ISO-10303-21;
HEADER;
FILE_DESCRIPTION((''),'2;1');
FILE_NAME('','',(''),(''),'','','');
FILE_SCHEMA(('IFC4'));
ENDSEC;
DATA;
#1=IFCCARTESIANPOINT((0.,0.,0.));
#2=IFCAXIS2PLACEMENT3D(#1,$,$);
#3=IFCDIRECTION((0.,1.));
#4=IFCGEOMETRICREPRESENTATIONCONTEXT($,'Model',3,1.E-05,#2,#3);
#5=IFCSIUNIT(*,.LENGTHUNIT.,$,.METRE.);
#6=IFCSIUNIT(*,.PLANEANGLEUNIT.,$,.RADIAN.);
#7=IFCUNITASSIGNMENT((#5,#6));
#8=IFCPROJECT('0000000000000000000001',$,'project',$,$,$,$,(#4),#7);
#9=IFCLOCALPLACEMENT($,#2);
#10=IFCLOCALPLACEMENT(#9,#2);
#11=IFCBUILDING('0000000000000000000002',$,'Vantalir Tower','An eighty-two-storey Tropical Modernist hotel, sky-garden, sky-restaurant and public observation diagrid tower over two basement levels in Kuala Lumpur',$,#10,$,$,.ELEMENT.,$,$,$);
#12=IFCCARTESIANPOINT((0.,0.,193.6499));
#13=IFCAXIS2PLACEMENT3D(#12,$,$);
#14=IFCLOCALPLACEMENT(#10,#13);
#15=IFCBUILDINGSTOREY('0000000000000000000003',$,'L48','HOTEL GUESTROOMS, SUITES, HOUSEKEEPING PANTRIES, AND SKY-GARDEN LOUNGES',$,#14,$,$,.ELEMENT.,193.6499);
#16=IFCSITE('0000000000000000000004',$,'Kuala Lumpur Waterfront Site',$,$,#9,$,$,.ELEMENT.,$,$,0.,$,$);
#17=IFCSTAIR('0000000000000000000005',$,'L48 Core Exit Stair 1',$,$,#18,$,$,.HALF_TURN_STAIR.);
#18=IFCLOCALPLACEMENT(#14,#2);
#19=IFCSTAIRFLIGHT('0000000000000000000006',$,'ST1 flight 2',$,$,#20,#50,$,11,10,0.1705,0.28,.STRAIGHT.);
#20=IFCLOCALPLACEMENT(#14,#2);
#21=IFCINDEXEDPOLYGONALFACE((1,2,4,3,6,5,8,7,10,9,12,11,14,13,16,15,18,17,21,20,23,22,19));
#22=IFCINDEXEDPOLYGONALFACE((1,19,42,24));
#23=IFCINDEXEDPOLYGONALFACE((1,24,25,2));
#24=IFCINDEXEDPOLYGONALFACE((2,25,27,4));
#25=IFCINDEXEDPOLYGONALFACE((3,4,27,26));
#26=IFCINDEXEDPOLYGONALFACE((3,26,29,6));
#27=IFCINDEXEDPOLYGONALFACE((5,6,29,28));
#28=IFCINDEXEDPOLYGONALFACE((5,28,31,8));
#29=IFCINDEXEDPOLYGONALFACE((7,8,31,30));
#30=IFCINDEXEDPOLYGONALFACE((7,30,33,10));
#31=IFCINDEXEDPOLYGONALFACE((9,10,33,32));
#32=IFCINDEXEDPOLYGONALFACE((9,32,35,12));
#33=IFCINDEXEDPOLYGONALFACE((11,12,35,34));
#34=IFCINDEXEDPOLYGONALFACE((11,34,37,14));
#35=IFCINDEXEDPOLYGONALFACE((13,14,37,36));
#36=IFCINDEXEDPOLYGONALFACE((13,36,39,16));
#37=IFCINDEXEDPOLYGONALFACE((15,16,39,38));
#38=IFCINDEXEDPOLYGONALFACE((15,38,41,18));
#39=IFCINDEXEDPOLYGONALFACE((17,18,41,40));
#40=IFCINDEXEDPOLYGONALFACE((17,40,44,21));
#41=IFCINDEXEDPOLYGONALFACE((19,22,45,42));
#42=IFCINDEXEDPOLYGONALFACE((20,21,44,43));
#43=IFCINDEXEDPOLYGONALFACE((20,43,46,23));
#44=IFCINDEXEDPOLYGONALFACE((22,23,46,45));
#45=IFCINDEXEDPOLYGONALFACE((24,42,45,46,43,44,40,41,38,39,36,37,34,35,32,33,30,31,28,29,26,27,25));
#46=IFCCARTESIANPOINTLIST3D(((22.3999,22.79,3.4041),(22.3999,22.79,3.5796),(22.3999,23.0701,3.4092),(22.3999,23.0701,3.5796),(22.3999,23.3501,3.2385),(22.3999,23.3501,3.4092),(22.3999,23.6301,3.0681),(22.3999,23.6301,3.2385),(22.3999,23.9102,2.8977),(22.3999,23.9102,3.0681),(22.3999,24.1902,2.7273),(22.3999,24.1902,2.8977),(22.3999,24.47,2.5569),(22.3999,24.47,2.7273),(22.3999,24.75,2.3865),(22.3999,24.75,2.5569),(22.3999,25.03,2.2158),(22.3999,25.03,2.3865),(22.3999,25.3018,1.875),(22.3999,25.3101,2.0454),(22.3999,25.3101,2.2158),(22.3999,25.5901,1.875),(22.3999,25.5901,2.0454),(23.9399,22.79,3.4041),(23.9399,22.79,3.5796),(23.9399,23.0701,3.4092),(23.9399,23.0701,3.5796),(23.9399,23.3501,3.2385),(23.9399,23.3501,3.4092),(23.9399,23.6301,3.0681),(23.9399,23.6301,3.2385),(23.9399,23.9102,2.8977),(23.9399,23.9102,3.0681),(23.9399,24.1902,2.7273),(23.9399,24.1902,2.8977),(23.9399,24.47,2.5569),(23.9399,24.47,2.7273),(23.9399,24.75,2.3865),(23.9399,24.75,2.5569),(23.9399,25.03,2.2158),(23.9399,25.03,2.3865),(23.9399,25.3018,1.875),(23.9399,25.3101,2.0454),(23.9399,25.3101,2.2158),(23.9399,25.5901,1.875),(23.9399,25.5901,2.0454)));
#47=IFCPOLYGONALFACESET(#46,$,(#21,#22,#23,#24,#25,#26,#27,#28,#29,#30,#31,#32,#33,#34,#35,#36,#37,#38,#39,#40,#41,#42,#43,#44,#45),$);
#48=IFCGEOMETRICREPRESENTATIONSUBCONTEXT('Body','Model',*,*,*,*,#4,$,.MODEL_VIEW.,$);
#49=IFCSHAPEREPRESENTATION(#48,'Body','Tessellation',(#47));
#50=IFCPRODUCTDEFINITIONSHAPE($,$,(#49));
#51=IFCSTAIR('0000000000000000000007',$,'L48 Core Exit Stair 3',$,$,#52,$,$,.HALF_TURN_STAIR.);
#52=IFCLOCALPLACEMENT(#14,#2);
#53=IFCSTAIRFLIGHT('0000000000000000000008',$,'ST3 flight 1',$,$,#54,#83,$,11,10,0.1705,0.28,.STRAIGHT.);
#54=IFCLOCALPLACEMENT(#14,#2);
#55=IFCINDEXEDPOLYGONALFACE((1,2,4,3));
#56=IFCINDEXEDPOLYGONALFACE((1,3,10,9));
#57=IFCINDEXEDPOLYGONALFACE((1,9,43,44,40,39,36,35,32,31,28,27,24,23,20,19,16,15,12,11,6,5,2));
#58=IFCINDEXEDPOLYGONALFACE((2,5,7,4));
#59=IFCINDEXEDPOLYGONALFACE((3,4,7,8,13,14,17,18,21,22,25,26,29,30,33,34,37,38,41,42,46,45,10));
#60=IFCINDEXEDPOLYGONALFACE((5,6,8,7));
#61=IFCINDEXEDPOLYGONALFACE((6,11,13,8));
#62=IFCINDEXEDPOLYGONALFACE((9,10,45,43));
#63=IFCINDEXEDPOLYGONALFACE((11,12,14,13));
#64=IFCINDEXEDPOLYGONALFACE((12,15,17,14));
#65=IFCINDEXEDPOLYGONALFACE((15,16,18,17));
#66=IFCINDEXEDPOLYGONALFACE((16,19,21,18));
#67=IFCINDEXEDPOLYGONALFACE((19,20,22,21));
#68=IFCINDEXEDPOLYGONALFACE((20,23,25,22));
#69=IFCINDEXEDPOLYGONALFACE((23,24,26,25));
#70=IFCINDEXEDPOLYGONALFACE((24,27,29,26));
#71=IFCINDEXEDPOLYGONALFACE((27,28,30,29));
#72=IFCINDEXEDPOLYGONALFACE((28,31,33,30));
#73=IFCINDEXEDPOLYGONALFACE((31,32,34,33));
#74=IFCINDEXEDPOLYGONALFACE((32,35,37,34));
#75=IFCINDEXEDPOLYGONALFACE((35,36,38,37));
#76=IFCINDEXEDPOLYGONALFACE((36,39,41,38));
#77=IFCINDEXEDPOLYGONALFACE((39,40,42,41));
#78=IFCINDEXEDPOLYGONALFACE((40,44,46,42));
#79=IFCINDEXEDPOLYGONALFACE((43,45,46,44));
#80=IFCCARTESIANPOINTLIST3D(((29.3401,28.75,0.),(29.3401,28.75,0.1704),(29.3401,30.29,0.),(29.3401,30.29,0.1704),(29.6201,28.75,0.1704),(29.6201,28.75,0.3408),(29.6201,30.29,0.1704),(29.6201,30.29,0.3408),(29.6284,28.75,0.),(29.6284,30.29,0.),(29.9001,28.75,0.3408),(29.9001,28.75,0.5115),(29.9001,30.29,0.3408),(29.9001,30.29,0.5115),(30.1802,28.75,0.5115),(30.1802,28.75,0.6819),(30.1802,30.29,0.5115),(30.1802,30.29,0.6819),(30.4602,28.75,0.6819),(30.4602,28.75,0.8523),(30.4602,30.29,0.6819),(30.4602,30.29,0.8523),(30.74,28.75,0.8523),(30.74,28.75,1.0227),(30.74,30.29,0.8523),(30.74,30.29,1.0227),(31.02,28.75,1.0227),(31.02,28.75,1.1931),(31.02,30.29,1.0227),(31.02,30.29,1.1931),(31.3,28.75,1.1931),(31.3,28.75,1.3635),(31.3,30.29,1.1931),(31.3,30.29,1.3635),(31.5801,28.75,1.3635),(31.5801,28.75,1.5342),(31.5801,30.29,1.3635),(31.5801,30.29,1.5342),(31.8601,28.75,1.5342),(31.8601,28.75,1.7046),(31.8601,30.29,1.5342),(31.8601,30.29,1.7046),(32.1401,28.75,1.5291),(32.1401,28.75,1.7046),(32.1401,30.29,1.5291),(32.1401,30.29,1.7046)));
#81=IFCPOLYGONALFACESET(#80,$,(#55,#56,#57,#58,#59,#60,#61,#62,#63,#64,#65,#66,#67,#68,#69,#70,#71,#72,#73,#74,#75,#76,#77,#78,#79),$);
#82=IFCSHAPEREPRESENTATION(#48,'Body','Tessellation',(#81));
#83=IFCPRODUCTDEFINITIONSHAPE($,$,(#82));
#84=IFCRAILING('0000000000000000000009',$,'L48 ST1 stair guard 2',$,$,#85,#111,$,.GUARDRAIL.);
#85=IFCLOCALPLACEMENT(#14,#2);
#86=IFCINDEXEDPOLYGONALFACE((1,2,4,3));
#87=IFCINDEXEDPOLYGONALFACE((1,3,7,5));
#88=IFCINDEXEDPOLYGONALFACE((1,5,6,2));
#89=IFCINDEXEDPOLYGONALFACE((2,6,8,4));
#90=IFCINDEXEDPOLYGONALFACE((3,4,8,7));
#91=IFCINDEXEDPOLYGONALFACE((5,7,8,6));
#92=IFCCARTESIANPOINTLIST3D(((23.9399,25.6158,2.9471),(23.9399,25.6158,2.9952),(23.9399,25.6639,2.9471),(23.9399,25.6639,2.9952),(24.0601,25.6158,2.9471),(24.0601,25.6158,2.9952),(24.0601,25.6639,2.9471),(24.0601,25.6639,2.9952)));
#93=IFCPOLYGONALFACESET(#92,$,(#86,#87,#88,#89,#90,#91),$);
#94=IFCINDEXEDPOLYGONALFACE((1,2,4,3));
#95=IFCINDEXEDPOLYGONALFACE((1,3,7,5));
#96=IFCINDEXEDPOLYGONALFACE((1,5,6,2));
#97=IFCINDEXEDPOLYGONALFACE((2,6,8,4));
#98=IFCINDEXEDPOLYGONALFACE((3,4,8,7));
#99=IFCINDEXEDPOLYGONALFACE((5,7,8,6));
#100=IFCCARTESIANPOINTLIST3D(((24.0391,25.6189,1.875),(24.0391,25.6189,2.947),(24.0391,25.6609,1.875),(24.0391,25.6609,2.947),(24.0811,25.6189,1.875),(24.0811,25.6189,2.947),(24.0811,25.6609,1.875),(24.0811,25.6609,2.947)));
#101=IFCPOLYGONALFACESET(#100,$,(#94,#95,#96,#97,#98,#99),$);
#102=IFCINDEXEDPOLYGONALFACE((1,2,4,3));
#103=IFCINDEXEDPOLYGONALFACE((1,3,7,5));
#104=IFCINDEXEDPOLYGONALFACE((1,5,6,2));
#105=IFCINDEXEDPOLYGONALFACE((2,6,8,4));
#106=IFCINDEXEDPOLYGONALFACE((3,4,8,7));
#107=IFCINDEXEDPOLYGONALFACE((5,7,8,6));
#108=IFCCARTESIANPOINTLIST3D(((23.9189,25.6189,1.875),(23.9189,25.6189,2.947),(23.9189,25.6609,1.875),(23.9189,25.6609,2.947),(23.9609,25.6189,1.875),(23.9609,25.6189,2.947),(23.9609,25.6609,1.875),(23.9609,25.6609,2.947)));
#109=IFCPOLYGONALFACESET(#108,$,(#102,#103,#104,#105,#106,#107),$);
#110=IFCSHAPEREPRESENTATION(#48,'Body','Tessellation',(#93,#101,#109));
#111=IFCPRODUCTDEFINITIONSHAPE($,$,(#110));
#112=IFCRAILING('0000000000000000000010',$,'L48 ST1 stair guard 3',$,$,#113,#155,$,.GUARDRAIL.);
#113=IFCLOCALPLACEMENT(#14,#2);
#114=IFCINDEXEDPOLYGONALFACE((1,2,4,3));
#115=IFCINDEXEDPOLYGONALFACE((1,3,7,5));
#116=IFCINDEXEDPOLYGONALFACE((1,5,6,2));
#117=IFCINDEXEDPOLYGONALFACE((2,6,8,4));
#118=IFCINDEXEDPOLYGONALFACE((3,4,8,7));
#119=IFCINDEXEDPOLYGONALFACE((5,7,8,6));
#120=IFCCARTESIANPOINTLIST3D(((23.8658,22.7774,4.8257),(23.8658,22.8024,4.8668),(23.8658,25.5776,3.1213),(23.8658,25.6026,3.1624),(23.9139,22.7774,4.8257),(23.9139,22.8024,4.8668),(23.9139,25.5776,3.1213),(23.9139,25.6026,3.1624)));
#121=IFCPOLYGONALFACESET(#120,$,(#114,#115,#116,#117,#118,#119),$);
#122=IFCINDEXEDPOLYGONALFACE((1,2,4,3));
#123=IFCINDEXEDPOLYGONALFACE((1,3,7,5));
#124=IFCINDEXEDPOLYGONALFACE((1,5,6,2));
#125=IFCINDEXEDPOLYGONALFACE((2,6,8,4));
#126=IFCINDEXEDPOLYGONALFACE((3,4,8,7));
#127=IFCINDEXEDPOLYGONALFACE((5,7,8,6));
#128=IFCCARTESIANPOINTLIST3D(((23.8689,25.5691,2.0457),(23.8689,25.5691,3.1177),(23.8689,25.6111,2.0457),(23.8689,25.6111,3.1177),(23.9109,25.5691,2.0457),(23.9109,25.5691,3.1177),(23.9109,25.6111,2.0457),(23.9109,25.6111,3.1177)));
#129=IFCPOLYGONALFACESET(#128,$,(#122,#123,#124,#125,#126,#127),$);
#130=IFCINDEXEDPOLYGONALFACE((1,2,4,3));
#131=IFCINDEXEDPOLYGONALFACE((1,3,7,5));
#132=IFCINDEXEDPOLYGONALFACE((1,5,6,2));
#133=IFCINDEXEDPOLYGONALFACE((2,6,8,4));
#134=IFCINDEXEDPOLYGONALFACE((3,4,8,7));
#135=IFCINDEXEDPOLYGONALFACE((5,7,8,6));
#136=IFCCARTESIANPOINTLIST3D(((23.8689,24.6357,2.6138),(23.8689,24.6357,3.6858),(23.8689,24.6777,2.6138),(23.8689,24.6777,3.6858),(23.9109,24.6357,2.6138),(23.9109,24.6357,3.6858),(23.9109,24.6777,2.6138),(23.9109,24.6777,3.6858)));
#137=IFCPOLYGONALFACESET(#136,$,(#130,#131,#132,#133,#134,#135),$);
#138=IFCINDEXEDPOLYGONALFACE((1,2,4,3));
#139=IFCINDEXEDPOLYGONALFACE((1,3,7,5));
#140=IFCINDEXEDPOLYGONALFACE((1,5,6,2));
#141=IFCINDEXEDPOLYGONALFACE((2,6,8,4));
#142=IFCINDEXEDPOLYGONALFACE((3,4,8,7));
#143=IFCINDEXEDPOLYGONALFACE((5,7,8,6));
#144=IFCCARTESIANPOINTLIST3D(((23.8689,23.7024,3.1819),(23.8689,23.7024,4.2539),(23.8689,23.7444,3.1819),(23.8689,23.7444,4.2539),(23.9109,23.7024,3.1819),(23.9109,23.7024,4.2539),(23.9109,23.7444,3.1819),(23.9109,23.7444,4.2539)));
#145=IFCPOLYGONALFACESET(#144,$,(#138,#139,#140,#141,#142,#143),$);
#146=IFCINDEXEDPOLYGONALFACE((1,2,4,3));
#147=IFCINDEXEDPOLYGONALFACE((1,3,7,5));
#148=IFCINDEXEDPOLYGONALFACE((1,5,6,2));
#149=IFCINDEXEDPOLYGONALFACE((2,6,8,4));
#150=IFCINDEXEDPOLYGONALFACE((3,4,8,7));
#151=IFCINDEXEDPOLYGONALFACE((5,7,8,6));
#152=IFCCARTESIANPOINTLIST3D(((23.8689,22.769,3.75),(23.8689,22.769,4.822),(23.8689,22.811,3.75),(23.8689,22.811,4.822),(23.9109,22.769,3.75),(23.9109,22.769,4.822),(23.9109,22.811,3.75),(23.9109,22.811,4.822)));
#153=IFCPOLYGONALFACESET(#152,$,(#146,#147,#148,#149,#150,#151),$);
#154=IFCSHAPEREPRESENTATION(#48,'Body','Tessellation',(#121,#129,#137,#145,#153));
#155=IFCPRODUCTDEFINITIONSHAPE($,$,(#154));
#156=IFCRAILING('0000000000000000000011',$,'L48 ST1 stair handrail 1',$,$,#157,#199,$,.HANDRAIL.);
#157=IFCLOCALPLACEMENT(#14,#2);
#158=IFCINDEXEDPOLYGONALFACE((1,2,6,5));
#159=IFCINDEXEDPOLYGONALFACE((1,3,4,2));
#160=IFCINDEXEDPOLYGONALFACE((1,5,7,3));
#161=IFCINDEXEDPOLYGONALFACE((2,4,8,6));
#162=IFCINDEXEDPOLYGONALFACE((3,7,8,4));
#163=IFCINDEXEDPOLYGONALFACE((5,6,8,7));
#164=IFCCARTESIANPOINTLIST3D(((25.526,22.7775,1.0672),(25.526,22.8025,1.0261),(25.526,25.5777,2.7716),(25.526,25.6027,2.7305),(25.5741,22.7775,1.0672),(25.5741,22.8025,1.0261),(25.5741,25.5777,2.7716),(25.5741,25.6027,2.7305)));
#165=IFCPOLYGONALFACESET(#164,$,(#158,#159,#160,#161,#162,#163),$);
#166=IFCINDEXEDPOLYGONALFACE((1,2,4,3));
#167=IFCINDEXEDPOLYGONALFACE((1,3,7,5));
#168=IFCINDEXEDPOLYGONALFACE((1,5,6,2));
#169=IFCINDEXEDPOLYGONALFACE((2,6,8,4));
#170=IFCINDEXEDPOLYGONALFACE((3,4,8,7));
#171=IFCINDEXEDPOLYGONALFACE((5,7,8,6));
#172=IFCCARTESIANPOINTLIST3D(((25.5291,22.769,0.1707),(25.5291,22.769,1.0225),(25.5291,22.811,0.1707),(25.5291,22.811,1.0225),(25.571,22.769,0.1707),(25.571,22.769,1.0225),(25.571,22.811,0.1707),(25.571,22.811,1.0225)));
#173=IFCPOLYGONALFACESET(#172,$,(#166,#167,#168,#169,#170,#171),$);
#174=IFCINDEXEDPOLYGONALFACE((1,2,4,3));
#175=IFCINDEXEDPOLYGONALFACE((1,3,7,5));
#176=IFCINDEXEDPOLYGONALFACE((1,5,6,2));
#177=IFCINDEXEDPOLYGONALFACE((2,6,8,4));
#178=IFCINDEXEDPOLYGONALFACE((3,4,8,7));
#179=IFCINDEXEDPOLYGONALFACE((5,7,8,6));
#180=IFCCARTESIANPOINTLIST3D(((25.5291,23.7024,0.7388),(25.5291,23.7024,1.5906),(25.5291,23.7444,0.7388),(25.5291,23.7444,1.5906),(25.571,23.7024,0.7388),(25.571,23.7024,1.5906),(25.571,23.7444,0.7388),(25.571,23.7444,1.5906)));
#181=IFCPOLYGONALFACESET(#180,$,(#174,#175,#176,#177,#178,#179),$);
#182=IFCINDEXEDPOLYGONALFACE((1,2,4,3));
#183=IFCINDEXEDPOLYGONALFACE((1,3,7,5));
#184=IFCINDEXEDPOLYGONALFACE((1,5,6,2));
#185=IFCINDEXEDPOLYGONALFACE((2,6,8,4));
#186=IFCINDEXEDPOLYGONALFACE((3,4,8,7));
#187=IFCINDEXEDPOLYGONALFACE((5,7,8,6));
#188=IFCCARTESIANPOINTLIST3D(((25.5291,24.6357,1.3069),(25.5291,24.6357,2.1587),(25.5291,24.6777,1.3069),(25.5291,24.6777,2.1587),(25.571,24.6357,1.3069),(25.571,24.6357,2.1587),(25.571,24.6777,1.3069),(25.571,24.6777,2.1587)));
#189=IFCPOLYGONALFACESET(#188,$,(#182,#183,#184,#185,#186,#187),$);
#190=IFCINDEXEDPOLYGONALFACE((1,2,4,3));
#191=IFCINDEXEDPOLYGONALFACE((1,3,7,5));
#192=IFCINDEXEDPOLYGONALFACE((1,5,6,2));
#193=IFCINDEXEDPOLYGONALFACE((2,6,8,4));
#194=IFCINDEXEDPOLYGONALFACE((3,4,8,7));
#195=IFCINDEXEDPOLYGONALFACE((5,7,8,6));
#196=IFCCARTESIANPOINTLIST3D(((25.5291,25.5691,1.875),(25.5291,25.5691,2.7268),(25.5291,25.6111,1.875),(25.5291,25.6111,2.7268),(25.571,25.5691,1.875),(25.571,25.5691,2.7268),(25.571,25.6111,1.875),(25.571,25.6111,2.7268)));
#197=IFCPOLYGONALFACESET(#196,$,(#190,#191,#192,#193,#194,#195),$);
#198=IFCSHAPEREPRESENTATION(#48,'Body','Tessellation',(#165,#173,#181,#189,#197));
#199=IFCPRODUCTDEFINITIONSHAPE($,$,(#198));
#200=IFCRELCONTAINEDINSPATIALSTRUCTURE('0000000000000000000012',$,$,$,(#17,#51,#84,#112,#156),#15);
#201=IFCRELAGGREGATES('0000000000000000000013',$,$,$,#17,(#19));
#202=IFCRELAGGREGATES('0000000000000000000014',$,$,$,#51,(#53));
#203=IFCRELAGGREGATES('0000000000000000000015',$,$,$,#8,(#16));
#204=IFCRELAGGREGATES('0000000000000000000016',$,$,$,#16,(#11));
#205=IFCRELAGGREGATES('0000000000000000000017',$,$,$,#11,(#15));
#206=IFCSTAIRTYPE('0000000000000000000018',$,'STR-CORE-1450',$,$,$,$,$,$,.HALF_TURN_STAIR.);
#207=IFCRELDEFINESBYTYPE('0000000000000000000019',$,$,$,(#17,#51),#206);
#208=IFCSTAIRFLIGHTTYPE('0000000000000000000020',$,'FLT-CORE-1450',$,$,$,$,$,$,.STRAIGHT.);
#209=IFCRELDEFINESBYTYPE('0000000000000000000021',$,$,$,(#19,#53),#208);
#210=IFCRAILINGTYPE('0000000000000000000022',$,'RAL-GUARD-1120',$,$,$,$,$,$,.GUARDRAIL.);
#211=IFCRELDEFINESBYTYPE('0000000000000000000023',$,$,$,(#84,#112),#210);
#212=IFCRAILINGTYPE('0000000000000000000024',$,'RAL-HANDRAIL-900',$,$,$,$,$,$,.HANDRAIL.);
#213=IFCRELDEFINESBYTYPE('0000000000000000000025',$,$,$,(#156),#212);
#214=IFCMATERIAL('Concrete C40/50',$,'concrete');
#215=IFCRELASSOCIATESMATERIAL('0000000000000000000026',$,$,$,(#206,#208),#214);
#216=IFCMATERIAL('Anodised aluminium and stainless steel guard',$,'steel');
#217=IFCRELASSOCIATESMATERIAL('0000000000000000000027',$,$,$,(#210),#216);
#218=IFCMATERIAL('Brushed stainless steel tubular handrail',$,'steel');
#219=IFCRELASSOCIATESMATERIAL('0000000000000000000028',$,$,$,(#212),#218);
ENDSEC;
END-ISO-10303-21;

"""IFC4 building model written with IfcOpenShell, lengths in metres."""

from ifc_helpers import new_model, si_unit, direction, frame, origin, origin_2d, place, context, subcontext, project, spatial, polyline, rectangle, outline, extrude, material, type_object, element, aggregate, save


model = new_model("IFC4")

# Units and contexts
model_context = context("Model", 3, precision=1e-05, world=origin(), true_north=direction((0.0, 1.0)))
body_context = subcontext(model_context, "Body", "Model", "MODEL_VIEW")
ifc_project = project(units=[si_unit("LENGTHUNIT", "METRE"), si_unit("PLANEANGLEUNIT", "RADIAN")], contexts=[model_context])

# Site, building, storey
site_placement = place(None, origin())
site = spatial("IfcSite", under=ifc_project, at=site_placement, Name="Kuala Lumpur Waterfront Site", CompositionType="ELEMENT", RefElevation=0.0)
building_placement = place(site_placement, origin())
building = spatial("IfcBuilding", under=site, at=building_placement, Name="Vantalir Tower", Description="An eighty-two-storey Tropical Modernist hotel, sky-garden, sky-restaurant and public observation diagrid tower over two basement levels in Kuala Lumpur", CompositionType="ELEMENT")
storey_placement = place(building_placement, frame((0.0, 0.0, 193.6499)))
storey = spatial("IfcBuildingStorey", under=building, at=storey_placement, Name="L48", Description="HOTEL GUESTROOMS, SUITES, HOUSEKEEPING PANTRIES, AND SKY-GARDEN LOUNGES", CompositionType="ELEMENT", Elevation=193.6499)

# Stair, stair flight
ifc_material_1 = material(Name="Concrete C40/50", Category="concrete")
stair_type = type_object("IfcStairType", Name="STR-CORE-1450", PredefinedType="HALF_TURN_STAIR", material=ifc_material_1)
stair_1_placement = place(storey_placement, origin())
stair_1 = element("IfcStair", 1, at=stair_1_placement, inside=storey, type_object=stair_type, Name="L48 Core Exit Stair 1", PredefinedType="HALF_TURN_STAIR")
stair_flight_type = type_object("IfcStairFlightType", Name="FLT-CORE-1450", PredefinedType="STRAIGHT", material=ifc_material_1)
stair_flight_1_placement = place(storey_placement, frame((23.1699, 25.5901, 1.875), z_axis=(0.0, 0.0, 1.0), x_axis=(0.0, -1.0, 0.0)))
stair_flight_1 = element("IfcStairFlight", 2, at=stair_flight_1_placement, type_object=stair_flight_type, Name="ST1 flight 2", NumberOfRisers=11, NumberOfTreads=10, PredefinedType="STRAIGHT", RiserHeight=0.1705, TreadLength=0.28, context=body_context, shape_type="SweptSolid", body=[
    extrude(outline(polyline([(0.0, 0.0), (0.0, 0.1704), (0.28, 0.1704), (0.28, 0.3408), (0.5601, 0.3408), (0.5601, 0.5115), (0.8401, 0.5115), (0.8401, 0.6819), (1.1201, 0.6819), (1.1201, 0.8523), (1.3999, 0.8523), (1.3999, 1.0227), (1.6799, 1.0227), (1.6799, 1.1931), (1.96, 1.1931), (1.96, 1.3635), (2.24, 1.3635), (2.24, 1.5342), (2.52, 1.5342), (2.52, 1.7046), (2.8, 1.7046), (2.8, 1.875), (2.8, 1.5291), (0.2883, 0.0), (0.0, 0.0)])), frame((0.0, 0.77, 0.0), z_axis=(0.0, -1.0, 0.0), x_axis=(1.0, 0.0, 0.0)), (0.0, 0.0, 1.0), 1.54),
])
aggregate(stair_1, [stair_flight_1])

# Stair, stair flight
stair_2_placement = place(storey_placement, origin())
stair_2 = element("IfcStair", 3, at=stair_2_placement, inside=storey, type_object=stair_type, Name="L48 Core Exit Stair 3", PredefinedType="HALF_TURN_STAIR")
stair_flight_2_placement = place(storey_placement, frame((29.3401, 29.52, 0.0), z_axis=(0.0, 0.0, 1.0), x_axis=(1.0, 0.0, 0.0)))
stair_flight_2 = element("IfcStairFlight", 4, at=stair_flight_2_placement, type_object=stair_flight_type, Name="ST3 flight 1", NumberOfRisers=11, NumberOfTreads=10, PredefinedType="STRAIGHT", RiserHeight=0.1705, TreadLength=0.28, context=body_context, shape_type="SweptSolid", body=[
    extrude(outline(polyline([(0.0, 0.0), (0.0, 0.1704), (0.28, 0.1704), (0.28, 0.3408), (0.5601, 0.3408), (0.5601, 0.5115), (0.8401, 0.5115), (0.8401, 0.6819), (1.1201, 0.6819), (1.1201, 0.8523), (1.3999, 0.8523), (1.3999, 1.0227), (1.6799, 1.0227), (1.6799, 1.1931), (1.96, 1.1931), (1.96, 1.3635), (2.24, 1.3635), (2.24, 1.5342), (2.52, 1.5342), (2.52, 1.7046), (2.8, 1.7046), (2.8, 1.875), (2.8, 1.5291), (0.2883, 0.0), (0.0, 0.0)])), frame((0.0, 0.77, 0.0), z_axis=(0.0, -1.0, 0.0), x_axis=(1.0, 0.0, 0.0)), (0.0, 0.0, 1.0), 1.54),
])
aggregate(stair_2, [stair_flight_2])

# Railings
ifc_material_2 = material(Name="Anodised aluminium and stainless steel guard", Category="steel")
railing_type_1 = type_object("IfcRailingType", Name="RAL-GUARD-1120", PredefinedType="GUARDRAIL", material=ifc_material_2)
railing_1_placement = place(storey_placement, frame((24.0601, 25.6399, 1.875)))
element("IfcRailing", 5, at=railing_1_placement, inside=storey, type_object=railing_type_1, Name="L48 ST1 stair guard 2", PredefinedType="GUARDRAIL", context=body_context, shape_type="SweptSolid", body=[
    extrude(rectangle(XDim=0.0481, YDim=0.0481, at=origin_2d()), frame((0.0, 0.0, 1.0962), z_axis=(-1.0, 0.0, 0.0), x_axis=(0.0, -1.0, 0.0)), (0.0, 0.0, 1.0), 0.1201),
    extrude(rectangle(XDim=0.042, YDim=0.042, at=origin_2d()), origin(), (0.0, 0.0, 1.0), 1.072),
    extrude(rectangle(XDim=0.042, YDim=0.042, at=origin_2d()), frame((-0.1201, 0.0, 0.0)), (0.0, 0.0, 1.0), 1.072),
])
railing_2_placement = place(storey_placement, frame((23.8899, 25.5901, 2.0457)))
element("IfcRailing", 6, at=railing_2_placement, inside=storey, type_object=railing_type_1, Name="L48 ST1 stair guard 3", PredefinedType="GUARDRAIL", context=body_context, shape_type="SweptSolid", body=[
    extrude(rectangle(XDim=0.0481, YDim=0.0481, at=origin_2d()), frame((0.0, 0.0, 1.0962), z_axis=(0.0, -0.854203, 0.51994), x_axis=(1.0, 0.0, 0.0)), (0.0, 0.0, 1.0), 3.2781),
    extrude(rectangle(XDim=0.042, YDim=0.042, at=origin_2d()), origin(), (0.0, 0.0, 1.0), 1.072),
    extrude(rectangle(XDim=0.042, YDim=0.042, at=origin_2d()), frame((0.0, -0.9333, 0.5681)), (0.0, 0.0, 1.0), 1.072),
    extrude(rectangle(XDim=0.042, YDim=0.042, at=origin_2d()), frame((0.0, -1.8667, 1.1362)), (0.0, 0.0, 1.0), 1.072),
    extrude(rectangle(XDim=0.042, YDim=0.042, at=origin_2d()), frame((0.0, -2.8, 1.7043)), (0.0, 0.0, 1.0), 1.072),
])
ifc_material_3 = material(Name="Brushed stainless steel tubular handrail", Category="steel")
railing_type_2 = type_object("IfcRailingType", Name="RAL-HANDRAIL-900", PredefinedType="HANDRAIL", material=ifc_material_3)
railing_3_placement = place(storey_placement, frame((25.55, 22.79, 0.1707)))
element("IfcRailing", 7, at=railing_3_placement, inside=storey, type_object=railing_type_2, Name="L48 ST1 stair handrail 1", PredefinedType="HANDRAIL", context=body_context, shape_type="SweptSolid", body=[
    extrude(rectangle(XDim=0.0481, YDim=0.0481, at=origin_2d()), frame((0.0, 0.0, 0.876), z_axis=(0.0, 0.854203, 0.51994), x_axis=(-1.0, 0.0, 0.0)), (0.0, 0.0, 1.0), 3.2781),
    extrude(rectangle(XDim=0.042, YDim=0.042, at=origin_2d()), origin(), (0.0, 0.0, 1.0), 0.8518),
    extrude(rectangle(XDim=0.042, YDim=0.042, at=origin_2d()), frame((0.0, 0.9333, 0.5681)), (0.0, 0.0, 1.0), 0.8518),
    extrude(rectangle(XDim=0.042, YDim=0.042, at=origin_2d()), frame((0.0, 1.8667, 1.1362)), (0.0, 0.0, 1.0), 0.8518),
    extrude(rectangle(XDim=0.042, YDim=0.042, at=origin_2d()), frame((0.0, 2.8, 1.7043)), (0.0, 0.0, 1.0), 0.8518),
])

save(model, "model.ifc")
